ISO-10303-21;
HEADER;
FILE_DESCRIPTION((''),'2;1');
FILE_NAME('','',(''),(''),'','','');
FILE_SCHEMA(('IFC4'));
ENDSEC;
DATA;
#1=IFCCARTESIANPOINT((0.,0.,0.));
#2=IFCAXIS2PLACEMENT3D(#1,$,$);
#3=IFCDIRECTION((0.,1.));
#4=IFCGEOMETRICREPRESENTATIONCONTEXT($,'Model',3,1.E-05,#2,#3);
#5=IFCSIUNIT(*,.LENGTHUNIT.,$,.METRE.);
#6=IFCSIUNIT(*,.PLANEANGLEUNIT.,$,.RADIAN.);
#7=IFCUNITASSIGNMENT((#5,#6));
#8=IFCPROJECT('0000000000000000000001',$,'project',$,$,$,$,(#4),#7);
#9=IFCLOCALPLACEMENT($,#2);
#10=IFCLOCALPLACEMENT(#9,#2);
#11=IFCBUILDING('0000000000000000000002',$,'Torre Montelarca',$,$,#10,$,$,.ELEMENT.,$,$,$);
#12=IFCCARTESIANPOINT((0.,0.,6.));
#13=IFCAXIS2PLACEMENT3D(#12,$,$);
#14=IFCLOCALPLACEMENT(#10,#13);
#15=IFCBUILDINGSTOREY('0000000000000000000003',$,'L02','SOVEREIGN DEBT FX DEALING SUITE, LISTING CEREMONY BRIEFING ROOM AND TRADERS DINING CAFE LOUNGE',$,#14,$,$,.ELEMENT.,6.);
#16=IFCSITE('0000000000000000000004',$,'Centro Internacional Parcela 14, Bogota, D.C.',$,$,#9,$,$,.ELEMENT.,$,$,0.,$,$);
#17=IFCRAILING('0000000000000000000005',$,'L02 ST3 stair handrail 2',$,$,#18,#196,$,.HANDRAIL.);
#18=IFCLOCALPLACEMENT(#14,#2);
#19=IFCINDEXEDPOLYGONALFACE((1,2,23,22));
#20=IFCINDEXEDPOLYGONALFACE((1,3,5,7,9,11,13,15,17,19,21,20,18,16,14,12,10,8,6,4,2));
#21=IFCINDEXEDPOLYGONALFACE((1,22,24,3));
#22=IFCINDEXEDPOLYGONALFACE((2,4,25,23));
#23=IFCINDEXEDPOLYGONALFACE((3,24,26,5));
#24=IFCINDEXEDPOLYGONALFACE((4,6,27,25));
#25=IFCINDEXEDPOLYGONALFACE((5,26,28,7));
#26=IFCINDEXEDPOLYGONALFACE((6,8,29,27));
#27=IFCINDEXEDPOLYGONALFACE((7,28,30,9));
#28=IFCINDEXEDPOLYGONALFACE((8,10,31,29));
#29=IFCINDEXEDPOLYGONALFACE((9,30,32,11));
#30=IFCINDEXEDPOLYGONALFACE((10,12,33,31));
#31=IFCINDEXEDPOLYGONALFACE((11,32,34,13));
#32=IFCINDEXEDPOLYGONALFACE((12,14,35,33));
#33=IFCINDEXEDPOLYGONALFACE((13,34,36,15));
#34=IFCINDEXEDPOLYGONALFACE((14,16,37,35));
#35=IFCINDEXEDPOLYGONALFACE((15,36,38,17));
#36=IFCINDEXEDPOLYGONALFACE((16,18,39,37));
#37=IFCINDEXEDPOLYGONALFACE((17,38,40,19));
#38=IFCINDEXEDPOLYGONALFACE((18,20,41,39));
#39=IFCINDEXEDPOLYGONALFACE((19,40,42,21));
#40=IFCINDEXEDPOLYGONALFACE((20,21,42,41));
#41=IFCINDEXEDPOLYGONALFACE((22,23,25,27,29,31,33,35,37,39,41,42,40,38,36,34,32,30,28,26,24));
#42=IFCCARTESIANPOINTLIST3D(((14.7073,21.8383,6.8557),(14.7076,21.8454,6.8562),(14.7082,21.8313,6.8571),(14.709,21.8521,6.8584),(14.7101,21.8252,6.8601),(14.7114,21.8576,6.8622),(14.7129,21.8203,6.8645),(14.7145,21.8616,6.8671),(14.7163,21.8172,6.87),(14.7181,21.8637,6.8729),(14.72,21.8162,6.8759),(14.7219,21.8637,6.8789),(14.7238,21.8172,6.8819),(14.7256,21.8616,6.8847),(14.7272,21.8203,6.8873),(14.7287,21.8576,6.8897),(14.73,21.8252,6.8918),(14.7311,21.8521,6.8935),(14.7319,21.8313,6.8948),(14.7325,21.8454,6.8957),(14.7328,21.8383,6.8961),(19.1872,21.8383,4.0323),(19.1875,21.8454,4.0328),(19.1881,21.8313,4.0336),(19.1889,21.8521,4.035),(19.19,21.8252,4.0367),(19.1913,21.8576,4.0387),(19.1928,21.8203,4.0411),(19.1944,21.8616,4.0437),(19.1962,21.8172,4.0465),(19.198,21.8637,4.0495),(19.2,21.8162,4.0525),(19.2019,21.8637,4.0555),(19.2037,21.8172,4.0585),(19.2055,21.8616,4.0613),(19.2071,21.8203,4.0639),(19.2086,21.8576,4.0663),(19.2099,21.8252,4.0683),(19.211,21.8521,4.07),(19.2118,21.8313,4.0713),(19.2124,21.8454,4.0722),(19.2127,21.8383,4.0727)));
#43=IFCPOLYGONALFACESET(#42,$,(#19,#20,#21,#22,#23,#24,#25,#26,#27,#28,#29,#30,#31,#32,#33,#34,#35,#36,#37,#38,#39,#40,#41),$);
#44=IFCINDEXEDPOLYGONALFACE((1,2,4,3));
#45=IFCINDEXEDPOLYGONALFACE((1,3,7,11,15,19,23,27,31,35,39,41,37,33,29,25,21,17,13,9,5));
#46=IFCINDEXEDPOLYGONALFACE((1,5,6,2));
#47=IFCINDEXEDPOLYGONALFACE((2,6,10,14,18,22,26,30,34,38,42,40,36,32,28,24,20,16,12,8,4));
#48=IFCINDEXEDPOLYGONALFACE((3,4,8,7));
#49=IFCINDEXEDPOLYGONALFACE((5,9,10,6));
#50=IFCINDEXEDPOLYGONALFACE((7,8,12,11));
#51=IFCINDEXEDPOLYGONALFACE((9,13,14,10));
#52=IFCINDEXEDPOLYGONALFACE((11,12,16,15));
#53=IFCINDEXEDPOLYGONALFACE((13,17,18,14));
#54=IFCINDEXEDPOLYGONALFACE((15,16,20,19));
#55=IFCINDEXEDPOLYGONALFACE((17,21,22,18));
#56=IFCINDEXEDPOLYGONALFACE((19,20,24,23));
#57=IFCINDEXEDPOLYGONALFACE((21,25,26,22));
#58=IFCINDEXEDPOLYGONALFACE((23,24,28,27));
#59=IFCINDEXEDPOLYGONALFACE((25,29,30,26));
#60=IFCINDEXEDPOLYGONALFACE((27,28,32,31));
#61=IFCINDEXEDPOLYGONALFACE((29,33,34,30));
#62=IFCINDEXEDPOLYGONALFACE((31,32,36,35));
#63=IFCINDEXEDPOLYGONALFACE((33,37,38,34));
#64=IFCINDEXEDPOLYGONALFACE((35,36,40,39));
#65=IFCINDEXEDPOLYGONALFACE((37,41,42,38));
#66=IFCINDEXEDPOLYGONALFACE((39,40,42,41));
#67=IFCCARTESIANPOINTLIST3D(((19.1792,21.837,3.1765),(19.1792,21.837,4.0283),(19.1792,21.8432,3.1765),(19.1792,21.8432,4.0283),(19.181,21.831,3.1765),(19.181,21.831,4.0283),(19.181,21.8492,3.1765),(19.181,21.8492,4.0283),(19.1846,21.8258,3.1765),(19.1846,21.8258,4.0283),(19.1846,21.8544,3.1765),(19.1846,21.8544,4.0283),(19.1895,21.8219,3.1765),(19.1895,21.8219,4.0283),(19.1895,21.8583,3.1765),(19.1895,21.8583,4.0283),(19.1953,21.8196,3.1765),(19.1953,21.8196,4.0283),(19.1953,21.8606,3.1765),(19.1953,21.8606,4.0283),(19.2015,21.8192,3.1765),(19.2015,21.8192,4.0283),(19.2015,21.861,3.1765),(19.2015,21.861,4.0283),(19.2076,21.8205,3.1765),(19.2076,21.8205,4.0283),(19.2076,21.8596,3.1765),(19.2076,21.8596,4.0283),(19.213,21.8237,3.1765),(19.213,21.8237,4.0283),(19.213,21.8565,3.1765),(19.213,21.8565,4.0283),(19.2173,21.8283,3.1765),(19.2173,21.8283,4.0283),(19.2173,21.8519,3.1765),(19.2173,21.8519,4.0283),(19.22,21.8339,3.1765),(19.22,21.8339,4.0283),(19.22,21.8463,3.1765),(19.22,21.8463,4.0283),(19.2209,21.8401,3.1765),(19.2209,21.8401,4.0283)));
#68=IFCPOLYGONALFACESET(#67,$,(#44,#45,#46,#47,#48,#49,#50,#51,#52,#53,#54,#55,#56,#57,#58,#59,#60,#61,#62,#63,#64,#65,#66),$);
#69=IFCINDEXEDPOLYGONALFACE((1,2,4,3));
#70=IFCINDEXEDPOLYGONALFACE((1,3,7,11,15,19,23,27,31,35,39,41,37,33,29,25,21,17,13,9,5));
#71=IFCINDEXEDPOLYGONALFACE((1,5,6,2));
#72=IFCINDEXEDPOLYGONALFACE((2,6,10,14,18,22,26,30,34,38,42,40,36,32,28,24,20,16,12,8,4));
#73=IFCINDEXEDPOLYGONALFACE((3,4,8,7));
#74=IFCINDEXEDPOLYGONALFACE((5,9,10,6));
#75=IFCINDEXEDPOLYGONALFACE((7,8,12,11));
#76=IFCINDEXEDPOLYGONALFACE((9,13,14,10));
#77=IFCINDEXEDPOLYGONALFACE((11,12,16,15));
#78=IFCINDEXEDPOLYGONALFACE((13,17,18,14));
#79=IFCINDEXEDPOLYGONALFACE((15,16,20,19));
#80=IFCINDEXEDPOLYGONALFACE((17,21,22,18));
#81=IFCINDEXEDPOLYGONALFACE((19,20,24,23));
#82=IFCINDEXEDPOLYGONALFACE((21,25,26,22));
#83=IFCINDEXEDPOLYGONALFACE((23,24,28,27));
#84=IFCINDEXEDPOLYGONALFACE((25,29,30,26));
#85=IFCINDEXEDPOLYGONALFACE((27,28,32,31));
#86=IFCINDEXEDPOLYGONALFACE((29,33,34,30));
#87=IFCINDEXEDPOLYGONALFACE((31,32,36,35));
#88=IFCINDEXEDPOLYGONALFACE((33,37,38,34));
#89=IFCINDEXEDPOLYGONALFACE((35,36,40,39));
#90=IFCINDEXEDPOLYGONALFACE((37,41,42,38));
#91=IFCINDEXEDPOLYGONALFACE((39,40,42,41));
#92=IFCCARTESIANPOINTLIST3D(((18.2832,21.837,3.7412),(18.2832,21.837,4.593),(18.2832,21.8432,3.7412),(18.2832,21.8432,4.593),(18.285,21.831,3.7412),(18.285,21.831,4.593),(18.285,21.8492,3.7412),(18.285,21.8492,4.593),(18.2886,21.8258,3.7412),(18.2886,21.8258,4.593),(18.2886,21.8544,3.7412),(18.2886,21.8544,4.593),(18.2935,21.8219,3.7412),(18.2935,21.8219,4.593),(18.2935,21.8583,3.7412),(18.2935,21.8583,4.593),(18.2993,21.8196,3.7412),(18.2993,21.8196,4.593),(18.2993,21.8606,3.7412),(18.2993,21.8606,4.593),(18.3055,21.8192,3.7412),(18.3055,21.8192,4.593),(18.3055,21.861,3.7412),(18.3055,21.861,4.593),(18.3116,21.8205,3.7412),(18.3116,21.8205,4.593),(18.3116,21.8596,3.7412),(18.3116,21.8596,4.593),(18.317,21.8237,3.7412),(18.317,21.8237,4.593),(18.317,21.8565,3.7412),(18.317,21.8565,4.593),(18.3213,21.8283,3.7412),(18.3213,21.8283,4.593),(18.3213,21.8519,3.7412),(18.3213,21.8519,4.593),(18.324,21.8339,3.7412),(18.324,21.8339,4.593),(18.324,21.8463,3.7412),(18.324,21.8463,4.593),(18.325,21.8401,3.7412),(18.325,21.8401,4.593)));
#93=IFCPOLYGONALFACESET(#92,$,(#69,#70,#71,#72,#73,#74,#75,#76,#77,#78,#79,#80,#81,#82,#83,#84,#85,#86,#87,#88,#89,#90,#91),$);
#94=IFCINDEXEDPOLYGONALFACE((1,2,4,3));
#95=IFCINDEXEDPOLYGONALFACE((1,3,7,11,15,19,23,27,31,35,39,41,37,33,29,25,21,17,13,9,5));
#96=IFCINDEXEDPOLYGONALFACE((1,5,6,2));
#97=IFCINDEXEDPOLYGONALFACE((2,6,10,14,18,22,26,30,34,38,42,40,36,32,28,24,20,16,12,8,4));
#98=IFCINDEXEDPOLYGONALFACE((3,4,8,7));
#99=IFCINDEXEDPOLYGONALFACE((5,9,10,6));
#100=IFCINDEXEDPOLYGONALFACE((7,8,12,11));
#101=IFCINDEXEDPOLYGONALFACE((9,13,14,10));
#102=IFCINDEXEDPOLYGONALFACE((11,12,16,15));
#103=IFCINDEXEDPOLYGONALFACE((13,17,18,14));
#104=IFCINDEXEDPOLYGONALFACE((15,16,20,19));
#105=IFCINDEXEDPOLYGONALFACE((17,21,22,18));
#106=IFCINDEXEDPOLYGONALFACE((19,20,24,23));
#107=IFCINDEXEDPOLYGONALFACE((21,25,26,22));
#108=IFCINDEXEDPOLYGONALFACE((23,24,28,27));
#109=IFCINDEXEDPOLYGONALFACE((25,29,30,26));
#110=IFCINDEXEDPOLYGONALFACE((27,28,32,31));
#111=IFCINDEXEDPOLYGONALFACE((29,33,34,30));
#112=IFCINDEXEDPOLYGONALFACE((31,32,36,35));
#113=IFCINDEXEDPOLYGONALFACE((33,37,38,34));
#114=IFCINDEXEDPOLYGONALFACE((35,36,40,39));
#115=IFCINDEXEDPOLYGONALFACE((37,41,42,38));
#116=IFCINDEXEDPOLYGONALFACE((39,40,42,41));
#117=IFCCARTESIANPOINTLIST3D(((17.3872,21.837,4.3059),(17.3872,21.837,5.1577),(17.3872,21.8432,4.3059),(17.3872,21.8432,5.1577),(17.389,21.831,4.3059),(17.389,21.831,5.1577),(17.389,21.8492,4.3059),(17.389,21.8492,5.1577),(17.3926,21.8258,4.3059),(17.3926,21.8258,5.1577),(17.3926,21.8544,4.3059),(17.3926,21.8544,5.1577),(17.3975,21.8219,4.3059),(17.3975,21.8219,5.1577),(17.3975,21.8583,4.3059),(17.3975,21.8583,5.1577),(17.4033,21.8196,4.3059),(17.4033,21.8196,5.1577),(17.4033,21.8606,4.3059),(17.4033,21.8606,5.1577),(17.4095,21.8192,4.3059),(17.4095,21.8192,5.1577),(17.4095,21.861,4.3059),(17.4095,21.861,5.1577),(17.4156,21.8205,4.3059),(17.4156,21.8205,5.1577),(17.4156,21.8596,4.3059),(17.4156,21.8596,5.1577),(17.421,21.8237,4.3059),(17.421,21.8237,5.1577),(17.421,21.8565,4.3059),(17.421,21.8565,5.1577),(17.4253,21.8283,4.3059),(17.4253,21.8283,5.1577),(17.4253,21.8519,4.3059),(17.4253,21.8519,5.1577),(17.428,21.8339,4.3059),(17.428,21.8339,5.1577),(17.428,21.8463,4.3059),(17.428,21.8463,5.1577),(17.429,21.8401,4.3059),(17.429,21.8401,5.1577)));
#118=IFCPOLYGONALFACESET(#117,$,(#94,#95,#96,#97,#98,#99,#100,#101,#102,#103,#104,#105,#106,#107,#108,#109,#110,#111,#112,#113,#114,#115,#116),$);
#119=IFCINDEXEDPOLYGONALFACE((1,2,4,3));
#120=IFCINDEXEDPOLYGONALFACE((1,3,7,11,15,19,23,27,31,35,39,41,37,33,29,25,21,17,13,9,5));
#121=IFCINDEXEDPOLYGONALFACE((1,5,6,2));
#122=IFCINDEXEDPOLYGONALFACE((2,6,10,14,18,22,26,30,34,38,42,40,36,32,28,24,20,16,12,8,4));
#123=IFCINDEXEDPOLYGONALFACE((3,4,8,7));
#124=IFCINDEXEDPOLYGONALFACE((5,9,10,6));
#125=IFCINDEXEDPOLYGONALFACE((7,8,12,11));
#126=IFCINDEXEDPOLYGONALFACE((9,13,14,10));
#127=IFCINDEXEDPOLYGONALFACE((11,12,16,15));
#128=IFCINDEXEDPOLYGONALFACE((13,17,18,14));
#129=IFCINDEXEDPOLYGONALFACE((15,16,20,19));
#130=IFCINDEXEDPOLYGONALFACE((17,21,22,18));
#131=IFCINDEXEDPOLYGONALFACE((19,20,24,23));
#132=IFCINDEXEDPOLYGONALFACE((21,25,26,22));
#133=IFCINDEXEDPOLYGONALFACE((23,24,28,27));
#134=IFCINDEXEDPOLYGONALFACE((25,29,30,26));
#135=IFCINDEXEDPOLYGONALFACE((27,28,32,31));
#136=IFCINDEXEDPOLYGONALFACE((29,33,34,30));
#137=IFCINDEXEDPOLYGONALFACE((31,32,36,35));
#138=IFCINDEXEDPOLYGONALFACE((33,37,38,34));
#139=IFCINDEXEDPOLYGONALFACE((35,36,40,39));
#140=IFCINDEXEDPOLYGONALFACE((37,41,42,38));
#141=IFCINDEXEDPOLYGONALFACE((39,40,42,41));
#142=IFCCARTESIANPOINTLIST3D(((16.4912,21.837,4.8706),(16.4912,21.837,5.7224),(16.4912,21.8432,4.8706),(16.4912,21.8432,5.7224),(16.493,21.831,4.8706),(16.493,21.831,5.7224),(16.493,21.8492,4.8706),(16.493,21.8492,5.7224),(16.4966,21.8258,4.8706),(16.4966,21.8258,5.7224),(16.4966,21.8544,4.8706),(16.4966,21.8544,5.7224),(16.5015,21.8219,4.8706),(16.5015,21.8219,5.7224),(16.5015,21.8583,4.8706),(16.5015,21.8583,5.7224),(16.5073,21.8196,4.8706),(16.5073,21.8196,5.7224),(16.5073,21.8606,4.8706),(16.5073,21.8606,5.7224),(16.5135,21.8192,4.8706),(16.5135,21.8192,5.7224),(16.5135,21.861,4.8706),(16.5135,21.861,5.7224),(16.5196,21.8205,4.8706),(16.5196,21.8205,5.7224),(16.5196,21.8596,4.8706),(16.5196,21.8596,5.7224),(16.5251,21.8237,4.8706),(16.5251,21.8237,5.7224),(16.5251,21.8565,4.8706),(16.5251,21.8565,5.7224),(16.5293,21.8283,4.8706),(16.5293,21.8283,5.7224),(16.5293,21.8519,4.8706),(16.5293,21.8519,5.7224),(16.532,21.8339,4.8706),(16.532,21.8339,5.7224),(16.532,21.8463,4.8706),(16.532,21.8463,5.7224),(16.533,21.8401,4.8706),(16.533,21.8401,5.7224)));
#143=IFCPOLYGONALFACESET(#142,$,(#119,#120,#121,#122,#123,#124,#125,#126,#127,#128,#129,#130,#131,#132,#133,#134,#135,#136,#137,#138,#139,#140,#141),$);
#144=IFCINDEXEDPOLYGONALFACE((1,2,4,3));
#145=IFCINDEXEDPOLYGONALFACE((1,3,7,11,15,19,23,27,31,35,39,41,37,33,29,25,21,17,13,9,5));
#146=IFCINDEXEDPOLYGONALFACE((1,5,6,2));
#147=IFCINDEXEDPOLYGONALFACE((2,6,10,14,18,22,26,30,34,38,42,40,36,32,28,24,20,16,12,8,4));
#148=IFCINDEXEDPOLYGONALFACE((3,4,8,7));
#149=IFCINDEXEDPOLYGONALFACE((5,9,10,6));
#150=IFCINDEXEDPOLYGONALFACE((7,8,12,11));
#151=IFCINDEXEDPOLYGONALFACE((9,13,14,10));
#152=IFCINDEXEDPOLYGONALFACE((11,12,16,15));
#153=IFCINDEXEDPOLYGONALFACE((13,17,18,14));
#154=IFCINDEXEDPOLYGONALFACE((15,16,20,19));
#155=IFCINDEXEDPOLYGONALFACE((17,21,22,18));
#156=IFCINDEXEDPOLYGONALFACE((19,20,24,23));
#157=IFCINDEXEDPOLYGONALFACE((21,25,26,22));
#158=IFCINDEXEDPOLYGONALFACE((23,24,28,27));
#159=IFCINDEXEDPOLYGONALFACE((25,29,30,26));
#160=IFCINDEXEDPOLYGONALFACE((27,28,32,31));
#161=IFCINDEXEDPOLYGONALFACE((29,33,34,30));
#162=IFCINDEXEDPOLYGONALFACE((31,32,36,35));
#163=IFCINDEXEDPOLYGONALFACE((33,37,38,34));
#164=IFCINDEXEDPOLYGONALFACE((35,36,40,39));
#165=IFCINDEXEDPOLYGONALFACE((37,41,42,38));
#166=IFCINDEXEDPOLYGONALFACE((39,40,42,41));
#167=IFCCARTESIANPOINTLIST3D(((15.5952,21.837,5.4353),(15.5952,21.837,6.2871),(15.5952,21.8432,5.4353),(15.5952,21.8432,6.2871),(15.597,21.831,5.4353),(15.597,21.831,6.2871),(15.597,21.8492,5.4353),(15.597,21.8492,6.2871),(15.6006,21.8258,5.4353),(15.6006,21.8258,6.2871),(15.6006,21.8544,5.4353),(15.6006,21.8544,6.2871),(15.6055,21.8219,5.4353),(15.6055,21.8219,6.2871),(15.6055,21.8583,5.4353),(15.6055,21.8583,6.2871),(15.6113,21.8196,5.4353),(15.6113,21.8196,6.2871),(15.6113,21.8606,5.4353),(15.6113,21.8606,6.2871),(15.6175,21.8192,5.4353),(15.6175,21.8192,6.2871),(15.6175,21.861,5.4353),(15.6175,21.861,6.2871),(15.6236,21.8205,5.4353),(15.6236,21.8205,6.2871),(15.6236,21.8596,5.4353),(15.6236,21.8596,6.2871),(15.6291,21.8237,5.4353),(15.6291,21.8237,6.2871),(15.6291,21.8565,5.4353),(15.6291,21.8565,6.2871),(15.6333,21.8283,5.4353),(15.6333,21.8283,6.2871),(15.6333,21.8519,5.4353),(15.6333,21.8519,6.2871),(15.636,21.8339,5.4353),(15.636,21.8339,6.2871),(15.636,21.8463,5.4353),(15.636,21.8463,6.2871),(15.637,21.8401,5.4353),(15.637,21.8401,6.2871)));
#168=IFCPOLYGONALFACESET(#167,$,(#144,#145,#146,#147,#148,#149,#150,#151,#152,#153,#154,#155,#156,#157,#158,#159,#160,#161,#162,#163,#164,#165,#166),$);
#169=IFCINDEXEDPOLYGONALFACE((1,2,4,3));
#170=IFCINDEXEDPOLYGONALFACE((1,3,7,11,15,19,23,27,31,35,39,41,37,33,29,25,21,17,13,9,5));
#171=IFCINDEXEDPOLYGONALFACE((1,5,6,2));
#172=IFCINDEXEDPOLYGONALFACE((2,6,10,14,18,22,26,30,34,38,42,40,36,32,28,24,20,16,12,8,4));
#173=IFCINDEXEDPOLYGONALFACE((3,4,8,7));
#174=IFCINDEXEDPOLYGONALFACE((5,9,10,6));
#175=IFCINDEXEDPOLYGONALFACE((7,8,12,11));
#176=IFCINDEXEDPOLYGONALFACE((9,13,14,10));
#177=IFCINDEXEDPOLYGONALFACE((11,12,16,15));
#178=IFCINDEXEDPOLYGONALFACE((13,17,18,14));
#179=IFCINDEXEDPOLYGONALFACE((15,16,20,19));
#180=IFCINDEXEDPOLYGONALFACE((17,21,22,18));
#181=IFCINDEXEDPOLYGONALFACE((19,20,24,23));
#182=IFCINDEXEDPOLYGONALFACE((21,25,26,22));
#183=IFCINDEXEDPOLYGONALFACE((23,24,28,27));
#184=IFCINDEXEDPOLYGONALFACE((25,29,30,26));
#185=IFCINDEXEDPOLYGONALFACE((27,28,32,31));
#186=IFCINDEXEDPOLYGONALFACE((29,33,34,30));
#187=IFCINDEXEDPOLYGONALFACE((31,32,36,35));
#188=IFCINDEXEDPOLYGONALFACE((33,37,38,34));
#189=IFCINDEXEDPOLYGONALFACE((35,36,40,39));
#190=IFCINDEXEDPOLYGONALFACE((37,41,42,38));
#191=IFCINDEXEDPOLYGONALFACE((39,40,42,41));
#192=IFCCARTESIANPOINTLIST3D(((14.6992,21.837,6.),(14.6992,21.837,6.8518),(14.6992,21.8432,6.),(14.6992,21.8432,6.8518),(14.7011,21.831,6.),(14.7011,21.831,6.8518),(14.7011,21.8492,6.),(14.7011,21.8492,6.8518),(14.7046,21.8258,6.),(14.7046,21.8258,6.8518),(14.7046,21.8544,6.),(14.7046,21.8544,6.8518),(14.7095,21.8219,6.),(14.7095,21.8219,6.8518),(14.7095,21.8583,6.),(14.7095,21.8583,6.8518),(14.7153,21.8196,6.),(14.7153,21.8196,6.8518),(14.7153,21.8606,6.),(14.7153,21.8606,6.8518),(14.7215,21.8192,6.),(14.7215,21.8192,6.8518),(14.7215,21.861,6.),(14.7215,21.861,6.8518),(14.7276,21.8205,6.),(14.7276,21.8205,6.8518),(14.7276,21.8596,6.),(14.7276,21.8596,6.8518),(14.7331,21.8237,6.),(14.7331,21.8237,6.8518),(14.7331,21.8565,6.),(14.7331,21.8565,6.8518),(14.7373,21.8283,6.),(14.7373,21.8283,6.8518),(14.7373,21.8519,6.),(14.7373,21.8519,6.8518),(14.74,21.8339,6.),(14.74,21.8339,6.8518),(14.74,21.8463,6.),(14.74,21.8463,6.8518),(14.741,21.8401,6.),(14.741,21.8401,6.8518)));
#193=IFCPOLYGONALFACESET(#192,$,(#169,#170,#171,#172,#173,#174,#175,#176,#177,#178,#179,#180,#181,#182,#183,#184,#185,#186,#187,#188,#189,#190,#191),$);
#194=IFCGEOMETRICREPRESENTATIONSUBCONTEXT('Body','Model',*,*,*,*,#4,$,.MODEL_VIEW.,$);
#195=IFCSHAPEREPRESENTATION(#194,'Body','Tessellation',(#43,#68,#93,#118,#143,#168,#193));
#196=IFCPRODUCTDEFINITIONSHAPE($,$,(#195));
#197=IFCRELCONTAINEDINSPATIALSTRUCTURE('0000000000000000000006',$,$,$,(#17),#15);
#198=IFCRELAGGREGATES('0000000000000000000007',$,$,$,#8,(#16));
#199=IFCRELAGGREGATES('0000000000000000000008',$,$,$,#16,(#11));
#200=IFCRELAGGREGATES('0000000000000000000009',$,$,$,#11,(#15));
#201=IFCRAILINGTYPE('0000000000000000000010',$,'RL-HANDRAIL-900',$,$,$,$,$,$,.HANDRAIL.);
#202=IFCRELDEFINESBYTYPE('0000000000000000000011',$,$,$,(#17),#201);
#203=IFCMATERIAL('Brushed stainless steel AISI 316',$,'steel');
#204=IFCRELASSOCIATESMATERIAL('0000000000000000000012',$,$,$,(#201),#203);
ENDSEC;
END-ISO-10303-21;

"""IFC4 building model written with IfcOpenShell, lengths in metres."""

from ifc_helpers import new_model, si_unit, direction, frame, origin, origin_2d, place, context, subcontext, project, spatial, circle, extrude, material, type_object, element, save


model = new_model("IFC4")

# Units and contexts
model_context = context("Model", 3, precision=1e-05, world=origin(), true_north=direction((0.0, 1.0)))
body_context = subcontext(model_context, "Body", "Model", "MODEL_VIEW")
ifc_project = project(units=[si_unit("LENGTHUNIT", "METRE"), si_unit("PLANEANGLEUNIT", "RADIAN")], contexts=[model_context])

# Site, building, storey
site_placement = place(None, origin())
site = spatial("IfcSite", under=ifc_project, at=site_placement, Name="Centro Internacional Parcela 14, Bogota, D.C.", CompositionType="ELEMENT", RefElevation=0.0)
building_placement = place(site_placement, origin())
building = spatial("IfcBuilding", under=site, at=building_placement, Name="Torre Montelarca", CompositionType="ELEMENT")
storey_placement = place(building_placement, frame((0.0, 0.0, 6.0)))
storey = spatial("IfcBuildingStorey", under=building, at=storey_placement, Name="L02", Description="SOVEREIGN DEBT FX DEALING SUITE, LISTING CEREMONY BRIEFING ROOM AND TRADERS DINING CAFE LOUNGE", CompositionType="ELEMENT", Elevation=6.0)

# Railing
ifc_material_1 = material(Name="Brushed stainless steel AISI 316", Category="steel")
railing_type_1 = type_object("IfcRailingType", Name="RL-HANDRAIL-900", PredefinedType="HANDRAIL", material=ifc_material_1)
railing_1_placement = place(storey_placement, frame((19.2, 21.8401, 3.1765)))
element("IfcRailing", 1, at=railing_1_placement, inside=storey, type_object=railing_type_1, Name="L02 ST3 stair handrail 2", PredefinedType="HANDRAIL", context=body_context, shape_type="SweptSolid", body=[
    extrude(circle(Radius=0.0239, at=origin_2d()), frame((0.0, 0.0, 0.876), z_axis=(-0.845998, 0.0, 0.533186), x_axis=(0.0, -1.0, 0.0)), (0.0, 0.0, 1.0), 5.2954),
    extrude(circle(Radius=0.021, at=origin_2d()), origin(), (0.0, 0.0, 1.0), 0.8518),
    extrude(circle(Radius=0.021, at=origin_2d()), frame((-0.896, 0.0, 0.5647)), (0.0, 0.0, 1.0), 0.8518),
    extrude(circle(Radius=0.021, at=origin_2d()), frame((-1.792, 0.0, 1.1294)), (0.0, 0.0, 1.0), 0.8518),
    extrude(circle(Radius=0.021, at=origin_2d()), frame((-2.688, 0.0, 1.6941)), (0.0, 0.0, 1.0), 0.8518),
    extrude(circle(Radius=0.021, at=origin_2d()), frame((-3.584, 0.0, 2.2588)), (0.0, 0.0, 1.0), 0.8518),
    extrude(circle(Radius=0.021, at=origin_2d()), frame((-4.48, 0.0, 2.8235)), (0.0, 0.0, 1.0), 0.8518),
])

save(model, "model.ifc")
